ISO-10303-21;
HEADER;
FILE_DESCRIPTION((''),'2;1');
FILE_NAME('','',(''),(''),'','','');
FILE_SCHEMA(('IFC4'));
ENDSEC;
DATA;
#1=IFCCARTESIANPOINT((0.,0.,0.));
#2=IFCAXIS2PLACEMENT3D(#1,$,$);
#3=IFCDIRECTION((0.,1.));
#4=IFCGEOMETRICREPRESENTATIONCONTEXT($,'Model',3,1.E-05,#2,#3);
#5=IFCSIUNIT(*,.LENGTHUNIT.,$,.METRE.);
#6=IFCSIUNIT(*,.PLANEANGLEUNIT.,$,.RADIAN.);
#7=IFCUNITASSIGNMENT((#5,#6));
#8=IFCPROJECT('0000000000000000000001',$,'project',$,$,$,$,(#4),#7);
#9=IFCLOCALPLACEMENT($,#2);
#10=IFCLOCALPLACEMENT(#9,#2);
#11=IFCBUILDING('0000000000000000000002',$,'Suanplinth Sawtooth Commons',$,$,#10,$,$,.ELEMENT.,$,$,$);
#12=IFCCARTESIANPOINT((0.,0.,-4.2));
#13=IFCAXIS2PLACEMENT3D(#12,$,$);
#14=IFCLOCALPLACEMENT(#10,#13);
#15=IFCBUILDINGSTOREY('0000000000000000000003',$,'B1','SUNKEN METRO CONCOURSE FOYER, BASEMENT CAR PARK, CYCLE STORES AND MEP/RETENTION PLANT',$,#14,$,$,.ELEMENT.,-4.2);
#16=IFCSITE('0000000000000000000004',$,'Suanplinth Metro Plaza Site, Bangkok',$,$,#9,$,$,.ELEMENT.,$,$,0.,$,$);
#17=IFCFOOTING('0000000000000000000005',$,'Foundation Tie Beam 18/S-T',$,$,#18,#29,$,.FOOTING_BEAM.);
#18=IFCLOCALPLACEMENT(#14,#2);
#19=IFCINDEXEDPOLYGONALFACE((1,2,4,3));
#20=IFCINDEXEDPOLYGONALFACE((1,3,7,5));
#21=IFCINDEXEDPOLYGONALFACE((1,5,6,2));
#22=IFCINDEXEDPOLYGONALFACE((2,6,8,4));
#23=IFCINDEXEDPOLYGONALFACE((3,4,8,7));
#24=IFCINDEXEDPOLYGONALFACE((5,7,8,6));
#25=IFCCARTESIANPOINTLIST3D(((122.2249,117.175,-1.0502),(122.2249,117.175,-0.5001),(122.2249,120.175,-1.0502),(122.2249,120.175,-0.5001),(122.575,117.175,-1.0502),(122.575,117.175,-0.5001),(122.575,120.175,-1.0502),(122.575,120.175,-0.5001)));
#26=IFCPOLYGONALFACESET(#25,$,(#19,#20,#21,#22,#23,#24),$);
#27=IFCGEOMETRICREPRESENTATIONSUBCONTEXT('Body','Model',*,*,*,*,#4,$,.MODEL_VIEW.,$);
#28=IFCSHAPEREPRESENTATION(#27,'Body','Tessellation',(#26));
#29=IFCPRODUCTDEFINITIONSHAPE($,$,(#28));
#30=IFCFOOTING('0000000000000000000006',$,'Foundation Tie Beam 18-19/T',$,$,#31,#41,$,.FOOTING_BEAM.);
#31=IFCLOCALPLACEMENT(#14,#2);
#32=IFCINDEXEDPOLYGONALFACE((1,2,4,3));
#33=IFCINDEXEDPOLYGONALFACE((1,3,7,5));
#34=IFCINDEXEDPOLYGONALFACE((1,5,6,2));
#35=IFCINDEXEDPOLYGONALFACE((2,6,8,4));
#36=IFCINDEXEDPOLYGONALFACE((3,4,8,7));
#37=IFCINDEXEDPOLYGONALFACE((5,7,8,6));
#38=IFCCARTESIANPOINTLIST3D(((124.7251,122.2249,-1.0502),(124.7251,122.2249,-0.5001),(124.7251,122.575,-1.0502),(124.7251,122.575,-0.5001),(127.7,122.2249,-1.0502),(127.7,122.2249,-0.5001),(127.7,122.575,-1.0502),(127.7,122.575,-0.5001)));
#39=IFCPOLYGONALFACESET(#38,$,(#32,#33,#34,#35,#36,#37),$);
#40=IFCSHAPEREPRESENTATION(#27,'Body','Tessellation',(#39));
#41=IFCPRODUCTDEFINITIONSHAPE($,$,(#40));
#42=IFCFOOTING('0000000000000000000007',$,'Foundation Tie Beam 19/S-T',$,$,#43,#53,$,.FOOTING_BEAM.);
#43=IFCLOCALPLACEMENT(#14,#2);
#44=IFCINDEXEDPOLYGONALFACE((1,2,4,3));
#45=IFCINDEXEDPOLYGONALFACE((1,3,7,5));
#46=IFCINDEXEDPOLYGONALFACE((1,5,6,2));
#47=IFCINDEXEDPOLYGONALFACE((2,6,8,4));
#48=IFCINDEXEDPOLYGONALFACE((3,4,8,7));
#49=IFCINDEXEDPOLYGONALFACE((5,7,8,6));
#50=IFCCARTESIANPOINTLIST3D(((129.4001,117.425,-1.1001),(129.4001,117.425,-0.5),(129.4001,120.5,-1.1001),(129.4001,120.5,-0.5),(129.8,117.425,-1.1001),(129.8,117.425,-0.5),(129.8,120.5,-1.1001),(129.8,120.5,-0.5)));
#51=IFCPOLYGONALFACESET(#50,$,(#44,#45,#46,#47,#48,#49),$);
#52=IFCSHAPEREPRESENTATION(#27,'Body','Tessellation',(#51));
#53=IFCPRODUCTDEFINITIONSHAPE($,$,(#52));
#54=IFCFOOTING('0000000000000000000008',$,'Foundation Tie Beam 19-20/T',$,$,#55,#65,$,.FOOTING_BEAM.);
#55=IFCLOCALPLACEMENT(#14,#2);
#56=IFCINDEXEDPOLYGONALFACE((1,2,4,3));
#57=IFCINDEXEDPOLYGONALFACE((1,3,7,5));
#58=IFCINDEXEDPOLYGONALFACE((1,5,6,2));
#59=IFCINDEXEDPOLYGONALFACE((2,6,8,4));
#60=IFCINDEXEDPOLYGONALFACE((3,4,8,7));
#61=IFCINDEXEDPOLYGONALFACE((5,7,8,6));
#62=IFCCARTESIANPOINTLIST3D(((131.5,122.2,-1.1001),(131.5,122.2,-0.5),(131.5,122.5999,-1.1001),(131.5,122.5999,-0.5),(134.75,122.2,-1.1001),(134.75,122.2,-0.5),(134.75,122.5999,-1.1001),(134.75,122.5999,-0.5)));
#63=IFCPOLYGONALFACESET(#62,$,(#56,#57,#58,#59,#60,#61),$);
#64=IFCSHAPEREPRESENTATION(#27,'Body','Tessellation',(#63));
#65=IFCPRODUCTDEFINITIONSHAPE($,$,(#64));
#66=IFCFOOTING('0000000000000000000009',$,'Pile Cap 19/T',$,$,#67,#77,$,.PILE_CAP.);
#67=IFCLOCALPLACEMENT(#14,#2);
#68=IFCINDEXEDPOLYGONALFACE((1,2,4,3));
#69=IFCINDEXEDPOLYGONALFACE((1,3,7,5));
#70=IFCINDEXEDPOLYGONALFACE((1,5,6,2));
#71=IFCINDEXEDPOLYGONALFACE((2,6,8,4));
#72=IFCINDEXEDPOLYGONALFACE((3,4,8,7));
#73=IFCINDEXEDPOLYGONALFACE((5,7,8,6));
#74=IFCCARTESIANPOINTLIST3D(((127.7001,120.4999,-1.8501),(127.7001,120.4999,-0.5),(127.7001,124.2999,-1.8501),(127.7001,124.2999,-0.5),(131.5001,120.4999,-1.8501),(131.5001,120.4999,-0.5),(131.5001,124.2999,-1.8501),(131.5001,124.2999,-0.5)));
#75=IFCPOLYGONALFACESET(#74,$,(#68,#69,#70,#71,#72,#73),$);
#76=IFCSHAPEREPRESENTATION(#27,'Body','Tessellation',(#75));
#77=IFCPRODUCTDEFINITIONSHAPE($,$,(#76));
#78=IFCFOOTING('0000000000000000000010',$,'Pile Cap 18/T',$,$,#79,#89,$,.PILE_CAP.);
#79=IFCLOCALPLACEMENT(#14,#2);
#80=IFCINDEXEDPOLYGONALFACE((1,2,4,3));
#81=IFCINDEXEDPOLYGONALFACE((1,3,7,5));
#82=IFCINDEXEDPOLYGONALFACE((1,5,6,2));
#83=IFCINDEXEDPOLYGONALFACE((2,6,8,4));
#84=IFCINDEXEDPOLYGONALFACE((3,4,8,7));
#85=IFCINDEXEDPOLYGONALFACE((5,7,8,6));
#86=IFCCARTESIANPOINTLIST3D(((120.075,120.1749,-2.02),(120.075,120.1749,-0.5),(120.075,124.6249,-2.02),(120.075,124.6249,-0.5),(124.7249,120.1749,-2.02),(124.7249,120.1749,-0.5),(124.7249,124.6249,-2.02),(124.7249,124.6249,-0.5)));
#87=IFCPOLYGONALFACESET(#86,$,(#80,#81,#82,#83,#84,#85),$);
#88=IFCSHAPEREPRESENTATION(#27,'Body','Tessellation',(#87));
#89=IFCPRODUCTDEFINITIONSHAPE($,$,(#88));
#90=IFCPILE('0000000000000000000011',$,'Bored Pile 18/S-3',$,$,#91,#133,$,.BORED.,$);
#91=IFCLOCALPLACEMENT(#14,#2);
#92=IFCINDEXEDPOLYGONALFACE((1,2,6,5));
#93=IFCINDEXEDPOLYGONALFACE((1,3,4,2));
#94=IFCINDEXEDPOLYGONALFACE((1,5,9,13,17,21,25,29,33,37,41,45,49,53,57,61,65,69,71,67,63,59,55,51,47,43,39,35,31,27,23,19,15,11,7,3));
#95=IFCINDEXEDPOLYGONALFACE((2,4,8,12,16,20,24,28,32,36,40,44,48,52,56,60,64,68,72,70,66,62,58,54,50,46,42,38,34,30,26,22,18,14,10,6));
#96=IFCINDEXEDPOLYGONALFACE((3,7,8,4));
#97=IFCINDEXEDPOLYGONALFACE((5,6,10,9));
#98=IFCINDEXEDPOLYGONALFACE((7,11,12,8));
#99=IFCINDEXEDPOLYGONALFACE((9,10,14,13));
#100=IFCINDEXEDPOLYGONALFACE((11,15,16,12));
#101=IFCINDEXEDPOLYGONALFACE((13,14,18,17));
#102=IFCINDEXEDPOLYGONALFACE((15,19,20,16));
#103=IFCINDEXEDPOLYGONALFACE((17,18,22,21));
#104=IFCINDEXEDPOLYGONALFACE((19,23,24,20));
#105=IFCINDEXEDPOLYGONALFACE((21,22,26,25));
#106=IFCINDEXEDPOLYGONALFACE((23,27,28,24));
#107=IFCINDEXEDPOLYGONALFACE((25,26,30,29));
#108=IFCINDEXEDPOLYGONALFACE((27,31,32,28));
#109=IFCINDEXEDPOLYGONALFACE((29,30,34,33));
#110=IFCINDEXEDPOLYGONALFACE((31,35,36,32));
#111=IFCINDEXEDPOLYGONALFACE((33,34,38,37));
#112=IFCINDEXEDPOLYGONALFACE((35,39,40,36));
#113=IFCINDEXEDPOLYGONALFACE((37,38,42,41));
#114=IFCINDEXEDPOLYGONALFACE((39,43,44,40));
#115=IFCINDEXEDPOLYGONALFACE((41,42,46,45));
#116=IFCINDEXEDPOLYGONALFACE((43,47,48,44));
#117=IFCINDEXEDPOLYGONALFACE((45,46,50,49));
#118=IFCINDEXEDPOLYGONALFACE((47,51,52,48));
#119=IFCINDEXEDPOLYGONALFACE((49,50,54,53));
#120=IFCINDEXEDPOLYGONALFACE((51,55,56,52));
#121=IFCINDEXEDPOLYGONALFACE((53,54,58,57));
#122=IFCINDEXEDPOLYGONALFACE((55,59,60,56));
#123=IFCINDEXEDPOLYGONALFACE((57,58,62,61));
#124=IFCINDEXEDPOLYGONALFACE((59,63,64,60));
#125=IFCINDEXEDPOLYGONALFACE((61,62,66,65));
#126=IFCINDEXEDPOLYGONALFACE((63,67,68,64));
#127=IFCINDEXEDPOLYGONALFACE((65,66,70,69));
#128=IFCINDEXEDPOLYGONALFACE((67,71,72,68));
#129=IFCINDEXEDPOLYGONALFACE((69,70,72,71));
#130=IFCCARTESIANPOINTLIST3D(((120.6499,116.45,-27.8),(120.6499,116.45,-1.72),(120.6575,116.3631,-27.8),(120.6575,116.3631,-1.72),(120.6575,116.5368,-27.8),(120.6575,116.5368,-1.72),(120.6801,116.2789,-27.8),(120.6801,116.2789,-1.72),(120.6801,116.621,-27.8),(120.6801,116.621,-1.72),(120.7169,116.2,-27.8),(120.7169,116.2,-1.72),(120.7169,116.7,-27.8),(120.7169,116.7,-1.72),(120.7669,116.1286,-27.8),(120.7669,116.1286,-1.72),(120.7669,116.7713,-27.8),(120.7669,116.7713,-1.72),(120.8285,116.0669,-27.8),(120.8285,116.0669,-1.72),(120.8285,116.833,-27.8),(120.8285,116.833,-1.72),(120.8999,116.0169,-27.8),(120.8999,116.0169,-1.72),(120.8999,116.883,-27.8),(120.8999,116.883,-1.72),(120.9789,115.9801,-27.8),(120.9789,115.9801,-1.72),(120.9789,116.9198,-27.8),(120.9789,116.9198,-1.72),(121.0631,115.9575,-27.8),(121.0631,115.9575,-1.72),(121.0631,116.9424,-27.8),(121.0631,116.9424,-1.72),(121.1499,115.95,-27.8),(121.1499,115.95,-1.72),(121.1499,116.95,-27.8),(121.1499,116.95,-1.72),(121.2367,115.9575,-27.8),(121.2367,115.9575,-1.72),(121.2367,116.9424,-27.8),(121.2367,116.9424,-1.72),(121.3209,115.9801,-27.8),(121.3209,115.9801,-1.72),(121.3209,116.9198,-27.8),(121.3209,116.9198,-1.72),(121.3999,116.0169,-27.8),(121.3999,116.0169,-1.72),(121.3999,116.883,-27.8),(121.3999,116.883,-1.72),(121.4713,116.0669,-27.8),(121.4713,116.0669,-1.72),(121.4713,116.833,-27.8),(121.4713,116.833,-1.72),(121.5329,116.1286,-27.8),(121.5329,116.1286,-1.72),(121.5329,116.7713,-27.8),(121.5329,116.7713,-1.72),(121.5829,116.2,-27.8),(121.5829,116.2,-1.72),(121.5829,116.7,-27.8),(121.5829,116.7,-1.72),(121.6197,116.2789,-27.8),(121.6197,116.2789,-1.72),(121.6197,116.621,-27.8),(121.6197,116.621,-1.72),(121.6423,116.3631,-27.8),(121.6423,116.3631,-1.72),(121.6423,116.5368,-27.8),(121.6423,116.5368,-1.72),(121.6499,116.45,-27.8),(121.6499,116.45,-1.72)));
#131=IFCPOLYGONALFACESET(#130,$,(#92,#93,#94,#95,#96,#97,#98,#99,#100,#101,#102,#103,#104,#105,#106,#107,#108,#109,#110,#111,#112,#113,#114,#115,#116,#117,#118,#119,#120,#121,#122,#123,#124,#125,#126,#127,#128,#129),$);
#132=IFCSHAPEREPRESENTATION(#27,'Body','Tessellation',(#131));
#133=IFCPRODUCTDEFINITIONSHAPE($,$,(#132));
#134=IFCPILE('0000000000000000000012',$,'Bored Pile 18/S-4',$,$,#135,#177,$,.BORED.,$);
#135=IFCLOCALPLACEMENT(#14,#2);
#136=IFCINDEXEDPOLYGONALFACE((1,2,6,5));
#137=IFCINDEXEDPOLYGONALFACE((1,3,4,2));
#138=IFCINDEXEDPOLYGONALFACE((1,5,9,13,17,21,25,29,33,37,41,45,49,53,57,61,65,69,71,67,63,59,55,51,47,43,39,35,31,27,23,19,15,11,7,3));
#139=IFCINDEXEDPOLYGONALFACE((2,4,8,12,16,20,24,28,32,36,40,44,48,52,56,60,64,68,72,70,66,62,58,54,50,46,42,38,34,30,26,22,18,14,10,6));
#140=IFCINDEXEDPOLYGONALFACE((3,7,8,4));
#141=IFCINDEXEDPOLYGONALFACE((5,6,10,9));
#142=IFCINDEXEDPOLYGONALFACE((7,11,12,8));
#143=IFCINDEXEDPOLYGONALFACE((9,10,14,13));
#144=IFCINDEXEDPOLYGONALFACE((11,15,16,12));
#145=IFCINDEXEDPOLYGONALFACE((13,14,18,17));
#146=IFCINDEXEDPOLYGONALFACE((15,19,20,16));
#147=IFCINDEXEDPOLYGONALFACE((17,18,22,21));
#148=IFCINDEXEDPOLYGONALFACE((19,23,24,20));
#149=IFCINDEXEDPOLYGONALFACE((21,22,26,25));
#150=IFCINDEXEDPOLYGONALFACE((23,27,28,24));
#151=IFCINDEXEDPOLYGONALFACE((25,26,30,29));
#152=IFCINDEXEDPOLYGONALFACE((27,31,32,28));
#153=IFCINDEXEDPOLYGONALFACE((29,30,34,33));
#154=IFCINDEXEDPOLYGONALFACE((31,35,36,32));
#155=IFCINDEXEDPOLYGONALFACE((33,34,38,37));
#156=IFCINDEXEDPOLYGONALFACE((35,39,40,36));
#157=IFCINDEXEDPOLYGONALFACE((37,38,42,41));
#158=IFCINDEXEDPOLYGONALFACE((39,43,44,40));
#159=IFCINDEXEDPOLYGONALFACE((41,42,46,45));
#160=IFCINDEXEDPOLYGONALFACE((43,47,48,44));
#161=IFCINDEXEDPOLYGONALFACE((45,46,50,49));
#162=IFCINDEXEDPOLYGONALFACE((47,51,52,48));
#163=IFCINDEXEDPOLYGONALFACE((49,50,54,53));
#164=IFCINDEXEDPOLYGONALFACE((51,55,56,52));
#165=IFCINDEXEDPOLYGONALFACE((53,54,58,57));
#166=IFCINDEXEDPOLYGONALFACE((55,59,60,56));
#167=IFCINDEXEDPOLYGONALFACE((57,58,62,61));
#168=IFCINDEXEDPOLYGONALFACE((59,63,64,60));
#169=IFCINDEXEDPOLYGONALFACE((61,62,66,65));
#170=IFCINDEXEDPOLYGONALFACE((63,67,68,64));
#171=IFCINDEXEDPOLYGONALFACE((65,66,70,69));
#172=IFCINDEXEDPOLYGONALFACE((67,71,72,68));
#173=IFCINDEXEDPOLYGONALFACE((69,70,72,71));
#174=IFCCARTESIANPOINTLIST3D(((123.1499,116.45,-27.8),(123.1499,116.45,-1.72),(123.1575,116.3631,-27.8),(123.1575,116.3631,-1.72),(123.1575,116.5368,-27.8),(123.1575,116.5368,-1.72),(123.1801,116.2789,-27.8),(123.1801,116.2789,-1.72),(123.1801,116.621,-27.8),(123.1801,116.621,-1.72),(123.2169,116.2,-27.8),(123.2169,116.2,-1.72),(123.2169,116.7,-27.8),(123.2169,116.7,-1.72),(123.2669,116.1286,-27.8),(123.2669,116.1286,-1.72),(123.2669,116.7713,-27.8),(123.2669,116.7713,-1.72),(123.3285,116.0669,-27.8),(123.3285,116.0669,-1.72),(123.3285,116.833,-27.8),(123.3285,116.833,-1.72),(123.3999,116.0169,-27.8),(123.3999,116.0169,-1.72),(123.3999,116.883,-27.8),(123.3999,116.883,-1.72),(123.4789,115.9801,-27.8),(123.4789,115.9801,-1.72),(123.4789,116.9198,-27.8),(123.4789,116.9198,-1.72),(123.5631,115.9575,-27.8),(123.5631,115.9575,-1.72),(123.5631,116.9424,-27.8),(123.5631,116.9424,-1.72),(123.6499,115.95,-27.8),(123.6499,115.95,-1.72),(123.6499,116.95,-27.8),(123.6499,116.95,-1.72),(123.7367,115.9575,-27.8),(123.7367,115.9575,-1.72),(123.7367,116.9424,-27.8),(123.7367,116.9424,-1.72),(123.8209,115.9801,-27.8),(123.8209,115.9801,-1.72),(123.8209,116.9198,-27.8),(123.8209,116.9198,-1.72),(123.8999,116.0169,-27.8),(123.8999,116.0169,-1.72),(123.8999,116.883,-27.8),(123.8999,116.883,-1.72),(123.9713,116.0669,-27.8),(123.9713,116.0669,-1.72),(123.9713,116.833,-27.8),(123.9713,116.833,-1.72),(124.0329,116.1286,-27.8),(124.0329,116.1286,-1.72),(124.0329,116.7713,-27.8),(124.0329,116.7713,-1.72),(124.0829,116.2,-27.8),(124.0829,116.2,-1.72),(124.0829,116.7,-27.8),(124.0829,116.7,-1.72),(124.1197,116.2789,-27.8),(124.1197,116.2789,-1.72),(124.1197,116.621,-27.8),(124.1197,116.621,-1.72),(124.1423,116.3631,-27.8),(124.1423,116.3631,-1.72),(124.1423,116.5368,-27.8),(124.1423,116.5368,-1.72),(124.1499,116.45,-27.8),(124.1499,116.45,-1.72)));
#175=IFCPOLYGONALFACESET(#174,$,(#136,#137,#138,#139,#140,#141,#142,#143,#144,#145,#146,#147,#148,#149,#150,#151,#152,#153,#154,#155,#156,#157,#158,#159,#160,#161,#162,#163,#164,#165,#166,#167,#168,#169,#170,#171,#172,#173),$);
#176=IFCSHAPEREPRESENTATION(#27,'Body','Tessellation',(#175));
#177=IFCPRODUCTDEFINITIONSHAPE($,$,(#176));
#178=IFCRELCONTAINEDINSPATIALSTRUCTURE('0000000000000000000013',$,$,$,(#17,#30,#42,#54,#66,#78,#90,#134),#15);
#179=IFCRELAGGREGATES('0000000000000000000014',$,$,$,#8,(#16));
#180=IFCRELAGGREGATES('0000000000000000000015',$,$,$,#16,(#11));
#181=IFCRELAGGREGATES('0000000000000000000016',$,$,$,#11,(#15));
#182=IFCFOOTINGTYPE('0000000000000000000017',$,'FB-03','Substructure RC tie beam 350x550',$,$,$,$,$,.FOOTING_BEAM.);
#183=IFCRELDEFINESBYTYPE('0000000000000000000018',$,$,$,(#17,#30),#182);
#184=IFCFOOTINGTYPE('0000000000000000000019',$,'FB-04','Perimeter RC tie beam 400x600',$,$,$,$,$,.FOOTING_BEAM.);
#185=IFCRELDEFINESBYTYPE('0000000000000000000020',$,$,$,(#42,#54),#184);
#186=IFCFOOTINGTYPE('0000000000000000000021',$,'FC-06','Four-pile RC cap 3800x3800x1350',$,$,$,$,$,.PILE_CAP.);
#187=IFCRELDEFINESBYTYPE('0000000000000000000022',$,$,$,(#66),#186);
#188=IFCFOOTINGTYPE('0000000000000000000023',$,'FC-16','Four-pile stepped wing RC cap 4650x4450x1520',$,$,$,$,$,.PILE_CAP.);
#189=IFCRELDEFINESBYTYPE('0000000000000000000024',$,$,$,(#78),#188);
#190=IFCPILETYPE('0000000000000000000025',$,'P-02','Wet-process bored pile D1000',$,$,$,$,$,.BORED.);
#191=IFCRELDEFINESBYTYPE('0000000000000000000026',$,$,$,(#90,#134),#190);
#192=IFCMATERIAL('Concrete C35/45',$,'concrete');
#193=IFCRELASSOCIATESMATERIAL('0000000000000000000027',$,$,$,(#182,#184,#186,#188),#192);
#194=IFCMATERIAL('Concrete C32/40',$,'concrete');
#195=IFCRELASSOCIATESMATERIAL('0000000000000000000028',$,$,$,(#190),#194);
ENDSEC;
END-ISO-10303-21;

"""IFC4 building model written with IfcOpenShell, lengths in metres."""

from ifc_helpers import new_model, si_unit, direction, frame, origin, origin_2d, place, context, subcontext, project, spatial, rectangle, circle, extrude, material, material_profile, profile_set, type_object, element, save


model = new_model("IFC4")

# Units and contexts
model_context = context("Model", 3, precision=1e-05, world=origin(), true_north=direction((0.0, 1.0)))
body_context = subcontext(model_context, "Body", "Model", "MODEL_VIEW")
ifc_project = project(units=[si_unit("LENGTHUNIT", "METRE"), si_unit("PLANEANGLEUNIT", "RADIAN")], contexts=[model_context])

# Site, building, storey
site_placement = place(None, origin())
site = spatial("IfcSite", under=ifc_project, at=site_placement, Name="Suanplinth Metro Plaza Site, Bangkok", CompositionType="ELEMENT", RefElevation=0.0)
building_placement = place(site_placement, origin())
building = spatial("IfcBuilding", under=site, at=building_placement, Name="Suanplinth Sawtooth Commons", CompositionType="ELEMENT")
storey_placement = place(building_placement, frame((0.0, 0.0, -4.2)))
storey = spatial("IfcBuildingStorey", under=building, at=storey_placement, Name="B1", Description="SUNKEN METRO CONCOURSE FOYER, BASEMENT CAR PARK, CYCLE STORES AND MEP/RETENTION PLANT", CompositionType="ELEMENT", Elevation=-4.2)

# Footings
ifc_material_1 = material(Name="Concrete C35/45", Category="concrete")
ifc_material_profile_1 = material_profile(ifc_material_1, rectangle(XDim=0.3501, YDim=0.55, at=origin_2d()), Name="PC-BM 350x550")
ifc_profile_set_1 = profile_set([ifc_material_profile_1], Name="Concrete C35/45")
footing_type_1 = type_object("IfcFootingType", Name="FB-03", Description="Substructure RC tie beam 350x550", PredefinedType="FOOTING_BEAM", material=ifc_profile_set_1)
footing_1_placement = place(storey_placement, frame((122.3999, 117.175, -0.7751), z_axis=(0.0, 1.0, 0.0), x_axis=(-1.0, 0.0, 0.0)))
element("IfcFooting", 1, at=footing_1_placement, inside=storey, type_object=footing_type_1, Name="Foundation Tie Beam 18/S-T", PredefinedType="FOOTING_BEAM", context=body_context, shape_type="SweptSolid", body=[
    extrude(rectangle(XDim=0.3501, YDim=0.55, at=origin_2d()), origin(), (0.0, 0.0, 1.0), 3.0),
])
footing_2_placement = place(storey_placement, frame((124.7251, 122.3999, -0.7751), z_axis=(1.0, 0.0, 0.0), x_axis=(0.0, 1.0, 0.0)))
element("IfcFooting", 2, at=footing_2_placement, inside=storey, type_object=footing_type_1, Name="Foundation Tie Beam 18-19/T", PredefinedType="FOOTING_BEAM", context=body_context, shape_type="SweptSolid", body=[
    extrude(rectangle(XDim=0.3501, YDim=0.55, at=origin_2d()), origin(), (0.0, 0.0, 1.0), 2.9749),
])
ifc_material_profile_2 = material_profile(ifc_material_1, rectangle(XDim=0.3999, YDim=0.6001, at=origin_2d()), Name="PC-GDR 400x600")
ifc_profile_set_2 = profile_set([ifc_material_profile_2], Name="Concrete C35/45")
footing_type_2 = type_object("IfcFootingType", Name="FB-04", Description="Perimeter RC tie beam 400x600", PredefinedType="FOOTING_BEAM", material=ifc_profile_set_2)
footing_3_placement = place(storey_placement, frame((129.6001, 117.425, -0.8), z_axis=(0.0, 1.0, 0.0), x_axis=(-1.0, 0.0, 0.0)))
element("IfcFooting", 3, at=footing_3_placement, inside=storey, type_object=footing_type_2, Name="Foundation Tie Beam 19/S-T", PredefinedType="FOOTING_BEAM", context=body_context, shape_type="SweptSolid", body=[
    extrude(rectangle(XDim=0.3999, YDim=0.6001, at=origin_2d()), origin(), (0.0, 0.0, 1.0), 3.075),
])
footing_4_placement = place(storey_placement, frame((131.5, 122.3999, -0.8), z_axis=(1.0, 0.0, 0.0), x_axis=(0.0, 1.0, 0.0)))
element("IfcFooting", 4, at=footing_4_placement, inside=storey, type_object=footing_type_2, Name="Foundation Tie Beam 19-20/T", PredefinedType="FOOTING_BEAM", context=body_context, shape_type="SweptSolid", body=[
    extrude(rectangle(XDim=0.3999, YDim=0.6001, at=origin_2d()), origin(), (0.0, 0.0, 1.0), 3.25),
])
footing_type_3 = type_object("IfcFootingType", Name="FC-06", Description="Four-pile RC cap 3800x3800x1350", PredefinedType="PILE_CAP", material=ifc_material_1)
footing_5_placement = place(storey_placement, frame((129.6001, 122.3999, -1.8501), z_axis=(0.0, 0.0, 1.0), x_axis=(1.0, 0.0, 0.0)))
element("IfcFooting", 5, at=footing_5_placement, inside=storey, type_object=footing_type_3, Name="Pile Cap 19/T", PredefinedType="PILE_CAP", context=body_context, shape_type="SweptSolid", body=[
    extrude(rectangle(XDim=3.8, YDim=3.8, at=origin_2d()), origin(), (0.0, 0.0, 1.0), 1.3501),
])
footing_type_4 = type_object("IfcFootingType", Name="FC-16", Description="Four-pile stepped wing RC cap 4650x4450x1520", PredefinedType="PILE_CAP", material=ifc_material_1)
footing_6_placement = place(storey_placement, frame((122.3999, 122.3999, -2.02), z_axis=(0.0, 0.0, 1.0), x_axis=(1.0, 0.0, 0.0)))
element("IfcFooting", 6, at=footing_6_placement, inside=storey, type_object=footing_type_4, Name="Pile Cap 18/T", PredefinedType="PILE_CAP", context=body_context, shape_type="SweptSolid", body=[
    extrude(rectangle(XDim=4.6499, YDim=4.45, at=origin_2d()), origin(), (0.0, 0.0, 1.0), 1.52),
])

# Piles
ifc_material_2 = material(Name="Concrete C32/40", Category="concrete")
ifc_material_profile_3 = material_profile(ifc_material_2, circle(Radius=0.5, at=origin_2d()), Name="PILE D1000")
ifc_profile_set_3 = profile_set([ifc_material_profile_3], Name="Concrete C32/40")
pile_type = type_object("IfcPileType", Name="P-02", Description="Wet-process bored pile D1000", PredefinedType="BORED", material=ifc_profile_set_3)
for number, where, z_axis, x_axis, name in (
    (7, (121.1499, 116.45, -1.72), (0.0, 0.0, -1.0), (1.0, 0.0, 0.0), "Bored Pile 18/S-3"),
    (8, (123.6499, 116.45, -1.72), (0.0, 0.0, -1.0), (1.0, 0.0, 0.0), "Bored Pile 18/S-4"),
):
    element("IfcPile", number, at=place(storey_placement, frame(where, z_axis=z_axis, x_axis=x_axis)), inside=storey, type_object=pile_type, Name=name, PredefinedType="BORED", context=body_context, shape_type="SweptSolid", body=[
        extrude(circle(Radius=0.5, at=origin_2d()), origin(), (0.0, 0.0, 1.0), 26.0801),
    ])

save(model, "model.ifc")
